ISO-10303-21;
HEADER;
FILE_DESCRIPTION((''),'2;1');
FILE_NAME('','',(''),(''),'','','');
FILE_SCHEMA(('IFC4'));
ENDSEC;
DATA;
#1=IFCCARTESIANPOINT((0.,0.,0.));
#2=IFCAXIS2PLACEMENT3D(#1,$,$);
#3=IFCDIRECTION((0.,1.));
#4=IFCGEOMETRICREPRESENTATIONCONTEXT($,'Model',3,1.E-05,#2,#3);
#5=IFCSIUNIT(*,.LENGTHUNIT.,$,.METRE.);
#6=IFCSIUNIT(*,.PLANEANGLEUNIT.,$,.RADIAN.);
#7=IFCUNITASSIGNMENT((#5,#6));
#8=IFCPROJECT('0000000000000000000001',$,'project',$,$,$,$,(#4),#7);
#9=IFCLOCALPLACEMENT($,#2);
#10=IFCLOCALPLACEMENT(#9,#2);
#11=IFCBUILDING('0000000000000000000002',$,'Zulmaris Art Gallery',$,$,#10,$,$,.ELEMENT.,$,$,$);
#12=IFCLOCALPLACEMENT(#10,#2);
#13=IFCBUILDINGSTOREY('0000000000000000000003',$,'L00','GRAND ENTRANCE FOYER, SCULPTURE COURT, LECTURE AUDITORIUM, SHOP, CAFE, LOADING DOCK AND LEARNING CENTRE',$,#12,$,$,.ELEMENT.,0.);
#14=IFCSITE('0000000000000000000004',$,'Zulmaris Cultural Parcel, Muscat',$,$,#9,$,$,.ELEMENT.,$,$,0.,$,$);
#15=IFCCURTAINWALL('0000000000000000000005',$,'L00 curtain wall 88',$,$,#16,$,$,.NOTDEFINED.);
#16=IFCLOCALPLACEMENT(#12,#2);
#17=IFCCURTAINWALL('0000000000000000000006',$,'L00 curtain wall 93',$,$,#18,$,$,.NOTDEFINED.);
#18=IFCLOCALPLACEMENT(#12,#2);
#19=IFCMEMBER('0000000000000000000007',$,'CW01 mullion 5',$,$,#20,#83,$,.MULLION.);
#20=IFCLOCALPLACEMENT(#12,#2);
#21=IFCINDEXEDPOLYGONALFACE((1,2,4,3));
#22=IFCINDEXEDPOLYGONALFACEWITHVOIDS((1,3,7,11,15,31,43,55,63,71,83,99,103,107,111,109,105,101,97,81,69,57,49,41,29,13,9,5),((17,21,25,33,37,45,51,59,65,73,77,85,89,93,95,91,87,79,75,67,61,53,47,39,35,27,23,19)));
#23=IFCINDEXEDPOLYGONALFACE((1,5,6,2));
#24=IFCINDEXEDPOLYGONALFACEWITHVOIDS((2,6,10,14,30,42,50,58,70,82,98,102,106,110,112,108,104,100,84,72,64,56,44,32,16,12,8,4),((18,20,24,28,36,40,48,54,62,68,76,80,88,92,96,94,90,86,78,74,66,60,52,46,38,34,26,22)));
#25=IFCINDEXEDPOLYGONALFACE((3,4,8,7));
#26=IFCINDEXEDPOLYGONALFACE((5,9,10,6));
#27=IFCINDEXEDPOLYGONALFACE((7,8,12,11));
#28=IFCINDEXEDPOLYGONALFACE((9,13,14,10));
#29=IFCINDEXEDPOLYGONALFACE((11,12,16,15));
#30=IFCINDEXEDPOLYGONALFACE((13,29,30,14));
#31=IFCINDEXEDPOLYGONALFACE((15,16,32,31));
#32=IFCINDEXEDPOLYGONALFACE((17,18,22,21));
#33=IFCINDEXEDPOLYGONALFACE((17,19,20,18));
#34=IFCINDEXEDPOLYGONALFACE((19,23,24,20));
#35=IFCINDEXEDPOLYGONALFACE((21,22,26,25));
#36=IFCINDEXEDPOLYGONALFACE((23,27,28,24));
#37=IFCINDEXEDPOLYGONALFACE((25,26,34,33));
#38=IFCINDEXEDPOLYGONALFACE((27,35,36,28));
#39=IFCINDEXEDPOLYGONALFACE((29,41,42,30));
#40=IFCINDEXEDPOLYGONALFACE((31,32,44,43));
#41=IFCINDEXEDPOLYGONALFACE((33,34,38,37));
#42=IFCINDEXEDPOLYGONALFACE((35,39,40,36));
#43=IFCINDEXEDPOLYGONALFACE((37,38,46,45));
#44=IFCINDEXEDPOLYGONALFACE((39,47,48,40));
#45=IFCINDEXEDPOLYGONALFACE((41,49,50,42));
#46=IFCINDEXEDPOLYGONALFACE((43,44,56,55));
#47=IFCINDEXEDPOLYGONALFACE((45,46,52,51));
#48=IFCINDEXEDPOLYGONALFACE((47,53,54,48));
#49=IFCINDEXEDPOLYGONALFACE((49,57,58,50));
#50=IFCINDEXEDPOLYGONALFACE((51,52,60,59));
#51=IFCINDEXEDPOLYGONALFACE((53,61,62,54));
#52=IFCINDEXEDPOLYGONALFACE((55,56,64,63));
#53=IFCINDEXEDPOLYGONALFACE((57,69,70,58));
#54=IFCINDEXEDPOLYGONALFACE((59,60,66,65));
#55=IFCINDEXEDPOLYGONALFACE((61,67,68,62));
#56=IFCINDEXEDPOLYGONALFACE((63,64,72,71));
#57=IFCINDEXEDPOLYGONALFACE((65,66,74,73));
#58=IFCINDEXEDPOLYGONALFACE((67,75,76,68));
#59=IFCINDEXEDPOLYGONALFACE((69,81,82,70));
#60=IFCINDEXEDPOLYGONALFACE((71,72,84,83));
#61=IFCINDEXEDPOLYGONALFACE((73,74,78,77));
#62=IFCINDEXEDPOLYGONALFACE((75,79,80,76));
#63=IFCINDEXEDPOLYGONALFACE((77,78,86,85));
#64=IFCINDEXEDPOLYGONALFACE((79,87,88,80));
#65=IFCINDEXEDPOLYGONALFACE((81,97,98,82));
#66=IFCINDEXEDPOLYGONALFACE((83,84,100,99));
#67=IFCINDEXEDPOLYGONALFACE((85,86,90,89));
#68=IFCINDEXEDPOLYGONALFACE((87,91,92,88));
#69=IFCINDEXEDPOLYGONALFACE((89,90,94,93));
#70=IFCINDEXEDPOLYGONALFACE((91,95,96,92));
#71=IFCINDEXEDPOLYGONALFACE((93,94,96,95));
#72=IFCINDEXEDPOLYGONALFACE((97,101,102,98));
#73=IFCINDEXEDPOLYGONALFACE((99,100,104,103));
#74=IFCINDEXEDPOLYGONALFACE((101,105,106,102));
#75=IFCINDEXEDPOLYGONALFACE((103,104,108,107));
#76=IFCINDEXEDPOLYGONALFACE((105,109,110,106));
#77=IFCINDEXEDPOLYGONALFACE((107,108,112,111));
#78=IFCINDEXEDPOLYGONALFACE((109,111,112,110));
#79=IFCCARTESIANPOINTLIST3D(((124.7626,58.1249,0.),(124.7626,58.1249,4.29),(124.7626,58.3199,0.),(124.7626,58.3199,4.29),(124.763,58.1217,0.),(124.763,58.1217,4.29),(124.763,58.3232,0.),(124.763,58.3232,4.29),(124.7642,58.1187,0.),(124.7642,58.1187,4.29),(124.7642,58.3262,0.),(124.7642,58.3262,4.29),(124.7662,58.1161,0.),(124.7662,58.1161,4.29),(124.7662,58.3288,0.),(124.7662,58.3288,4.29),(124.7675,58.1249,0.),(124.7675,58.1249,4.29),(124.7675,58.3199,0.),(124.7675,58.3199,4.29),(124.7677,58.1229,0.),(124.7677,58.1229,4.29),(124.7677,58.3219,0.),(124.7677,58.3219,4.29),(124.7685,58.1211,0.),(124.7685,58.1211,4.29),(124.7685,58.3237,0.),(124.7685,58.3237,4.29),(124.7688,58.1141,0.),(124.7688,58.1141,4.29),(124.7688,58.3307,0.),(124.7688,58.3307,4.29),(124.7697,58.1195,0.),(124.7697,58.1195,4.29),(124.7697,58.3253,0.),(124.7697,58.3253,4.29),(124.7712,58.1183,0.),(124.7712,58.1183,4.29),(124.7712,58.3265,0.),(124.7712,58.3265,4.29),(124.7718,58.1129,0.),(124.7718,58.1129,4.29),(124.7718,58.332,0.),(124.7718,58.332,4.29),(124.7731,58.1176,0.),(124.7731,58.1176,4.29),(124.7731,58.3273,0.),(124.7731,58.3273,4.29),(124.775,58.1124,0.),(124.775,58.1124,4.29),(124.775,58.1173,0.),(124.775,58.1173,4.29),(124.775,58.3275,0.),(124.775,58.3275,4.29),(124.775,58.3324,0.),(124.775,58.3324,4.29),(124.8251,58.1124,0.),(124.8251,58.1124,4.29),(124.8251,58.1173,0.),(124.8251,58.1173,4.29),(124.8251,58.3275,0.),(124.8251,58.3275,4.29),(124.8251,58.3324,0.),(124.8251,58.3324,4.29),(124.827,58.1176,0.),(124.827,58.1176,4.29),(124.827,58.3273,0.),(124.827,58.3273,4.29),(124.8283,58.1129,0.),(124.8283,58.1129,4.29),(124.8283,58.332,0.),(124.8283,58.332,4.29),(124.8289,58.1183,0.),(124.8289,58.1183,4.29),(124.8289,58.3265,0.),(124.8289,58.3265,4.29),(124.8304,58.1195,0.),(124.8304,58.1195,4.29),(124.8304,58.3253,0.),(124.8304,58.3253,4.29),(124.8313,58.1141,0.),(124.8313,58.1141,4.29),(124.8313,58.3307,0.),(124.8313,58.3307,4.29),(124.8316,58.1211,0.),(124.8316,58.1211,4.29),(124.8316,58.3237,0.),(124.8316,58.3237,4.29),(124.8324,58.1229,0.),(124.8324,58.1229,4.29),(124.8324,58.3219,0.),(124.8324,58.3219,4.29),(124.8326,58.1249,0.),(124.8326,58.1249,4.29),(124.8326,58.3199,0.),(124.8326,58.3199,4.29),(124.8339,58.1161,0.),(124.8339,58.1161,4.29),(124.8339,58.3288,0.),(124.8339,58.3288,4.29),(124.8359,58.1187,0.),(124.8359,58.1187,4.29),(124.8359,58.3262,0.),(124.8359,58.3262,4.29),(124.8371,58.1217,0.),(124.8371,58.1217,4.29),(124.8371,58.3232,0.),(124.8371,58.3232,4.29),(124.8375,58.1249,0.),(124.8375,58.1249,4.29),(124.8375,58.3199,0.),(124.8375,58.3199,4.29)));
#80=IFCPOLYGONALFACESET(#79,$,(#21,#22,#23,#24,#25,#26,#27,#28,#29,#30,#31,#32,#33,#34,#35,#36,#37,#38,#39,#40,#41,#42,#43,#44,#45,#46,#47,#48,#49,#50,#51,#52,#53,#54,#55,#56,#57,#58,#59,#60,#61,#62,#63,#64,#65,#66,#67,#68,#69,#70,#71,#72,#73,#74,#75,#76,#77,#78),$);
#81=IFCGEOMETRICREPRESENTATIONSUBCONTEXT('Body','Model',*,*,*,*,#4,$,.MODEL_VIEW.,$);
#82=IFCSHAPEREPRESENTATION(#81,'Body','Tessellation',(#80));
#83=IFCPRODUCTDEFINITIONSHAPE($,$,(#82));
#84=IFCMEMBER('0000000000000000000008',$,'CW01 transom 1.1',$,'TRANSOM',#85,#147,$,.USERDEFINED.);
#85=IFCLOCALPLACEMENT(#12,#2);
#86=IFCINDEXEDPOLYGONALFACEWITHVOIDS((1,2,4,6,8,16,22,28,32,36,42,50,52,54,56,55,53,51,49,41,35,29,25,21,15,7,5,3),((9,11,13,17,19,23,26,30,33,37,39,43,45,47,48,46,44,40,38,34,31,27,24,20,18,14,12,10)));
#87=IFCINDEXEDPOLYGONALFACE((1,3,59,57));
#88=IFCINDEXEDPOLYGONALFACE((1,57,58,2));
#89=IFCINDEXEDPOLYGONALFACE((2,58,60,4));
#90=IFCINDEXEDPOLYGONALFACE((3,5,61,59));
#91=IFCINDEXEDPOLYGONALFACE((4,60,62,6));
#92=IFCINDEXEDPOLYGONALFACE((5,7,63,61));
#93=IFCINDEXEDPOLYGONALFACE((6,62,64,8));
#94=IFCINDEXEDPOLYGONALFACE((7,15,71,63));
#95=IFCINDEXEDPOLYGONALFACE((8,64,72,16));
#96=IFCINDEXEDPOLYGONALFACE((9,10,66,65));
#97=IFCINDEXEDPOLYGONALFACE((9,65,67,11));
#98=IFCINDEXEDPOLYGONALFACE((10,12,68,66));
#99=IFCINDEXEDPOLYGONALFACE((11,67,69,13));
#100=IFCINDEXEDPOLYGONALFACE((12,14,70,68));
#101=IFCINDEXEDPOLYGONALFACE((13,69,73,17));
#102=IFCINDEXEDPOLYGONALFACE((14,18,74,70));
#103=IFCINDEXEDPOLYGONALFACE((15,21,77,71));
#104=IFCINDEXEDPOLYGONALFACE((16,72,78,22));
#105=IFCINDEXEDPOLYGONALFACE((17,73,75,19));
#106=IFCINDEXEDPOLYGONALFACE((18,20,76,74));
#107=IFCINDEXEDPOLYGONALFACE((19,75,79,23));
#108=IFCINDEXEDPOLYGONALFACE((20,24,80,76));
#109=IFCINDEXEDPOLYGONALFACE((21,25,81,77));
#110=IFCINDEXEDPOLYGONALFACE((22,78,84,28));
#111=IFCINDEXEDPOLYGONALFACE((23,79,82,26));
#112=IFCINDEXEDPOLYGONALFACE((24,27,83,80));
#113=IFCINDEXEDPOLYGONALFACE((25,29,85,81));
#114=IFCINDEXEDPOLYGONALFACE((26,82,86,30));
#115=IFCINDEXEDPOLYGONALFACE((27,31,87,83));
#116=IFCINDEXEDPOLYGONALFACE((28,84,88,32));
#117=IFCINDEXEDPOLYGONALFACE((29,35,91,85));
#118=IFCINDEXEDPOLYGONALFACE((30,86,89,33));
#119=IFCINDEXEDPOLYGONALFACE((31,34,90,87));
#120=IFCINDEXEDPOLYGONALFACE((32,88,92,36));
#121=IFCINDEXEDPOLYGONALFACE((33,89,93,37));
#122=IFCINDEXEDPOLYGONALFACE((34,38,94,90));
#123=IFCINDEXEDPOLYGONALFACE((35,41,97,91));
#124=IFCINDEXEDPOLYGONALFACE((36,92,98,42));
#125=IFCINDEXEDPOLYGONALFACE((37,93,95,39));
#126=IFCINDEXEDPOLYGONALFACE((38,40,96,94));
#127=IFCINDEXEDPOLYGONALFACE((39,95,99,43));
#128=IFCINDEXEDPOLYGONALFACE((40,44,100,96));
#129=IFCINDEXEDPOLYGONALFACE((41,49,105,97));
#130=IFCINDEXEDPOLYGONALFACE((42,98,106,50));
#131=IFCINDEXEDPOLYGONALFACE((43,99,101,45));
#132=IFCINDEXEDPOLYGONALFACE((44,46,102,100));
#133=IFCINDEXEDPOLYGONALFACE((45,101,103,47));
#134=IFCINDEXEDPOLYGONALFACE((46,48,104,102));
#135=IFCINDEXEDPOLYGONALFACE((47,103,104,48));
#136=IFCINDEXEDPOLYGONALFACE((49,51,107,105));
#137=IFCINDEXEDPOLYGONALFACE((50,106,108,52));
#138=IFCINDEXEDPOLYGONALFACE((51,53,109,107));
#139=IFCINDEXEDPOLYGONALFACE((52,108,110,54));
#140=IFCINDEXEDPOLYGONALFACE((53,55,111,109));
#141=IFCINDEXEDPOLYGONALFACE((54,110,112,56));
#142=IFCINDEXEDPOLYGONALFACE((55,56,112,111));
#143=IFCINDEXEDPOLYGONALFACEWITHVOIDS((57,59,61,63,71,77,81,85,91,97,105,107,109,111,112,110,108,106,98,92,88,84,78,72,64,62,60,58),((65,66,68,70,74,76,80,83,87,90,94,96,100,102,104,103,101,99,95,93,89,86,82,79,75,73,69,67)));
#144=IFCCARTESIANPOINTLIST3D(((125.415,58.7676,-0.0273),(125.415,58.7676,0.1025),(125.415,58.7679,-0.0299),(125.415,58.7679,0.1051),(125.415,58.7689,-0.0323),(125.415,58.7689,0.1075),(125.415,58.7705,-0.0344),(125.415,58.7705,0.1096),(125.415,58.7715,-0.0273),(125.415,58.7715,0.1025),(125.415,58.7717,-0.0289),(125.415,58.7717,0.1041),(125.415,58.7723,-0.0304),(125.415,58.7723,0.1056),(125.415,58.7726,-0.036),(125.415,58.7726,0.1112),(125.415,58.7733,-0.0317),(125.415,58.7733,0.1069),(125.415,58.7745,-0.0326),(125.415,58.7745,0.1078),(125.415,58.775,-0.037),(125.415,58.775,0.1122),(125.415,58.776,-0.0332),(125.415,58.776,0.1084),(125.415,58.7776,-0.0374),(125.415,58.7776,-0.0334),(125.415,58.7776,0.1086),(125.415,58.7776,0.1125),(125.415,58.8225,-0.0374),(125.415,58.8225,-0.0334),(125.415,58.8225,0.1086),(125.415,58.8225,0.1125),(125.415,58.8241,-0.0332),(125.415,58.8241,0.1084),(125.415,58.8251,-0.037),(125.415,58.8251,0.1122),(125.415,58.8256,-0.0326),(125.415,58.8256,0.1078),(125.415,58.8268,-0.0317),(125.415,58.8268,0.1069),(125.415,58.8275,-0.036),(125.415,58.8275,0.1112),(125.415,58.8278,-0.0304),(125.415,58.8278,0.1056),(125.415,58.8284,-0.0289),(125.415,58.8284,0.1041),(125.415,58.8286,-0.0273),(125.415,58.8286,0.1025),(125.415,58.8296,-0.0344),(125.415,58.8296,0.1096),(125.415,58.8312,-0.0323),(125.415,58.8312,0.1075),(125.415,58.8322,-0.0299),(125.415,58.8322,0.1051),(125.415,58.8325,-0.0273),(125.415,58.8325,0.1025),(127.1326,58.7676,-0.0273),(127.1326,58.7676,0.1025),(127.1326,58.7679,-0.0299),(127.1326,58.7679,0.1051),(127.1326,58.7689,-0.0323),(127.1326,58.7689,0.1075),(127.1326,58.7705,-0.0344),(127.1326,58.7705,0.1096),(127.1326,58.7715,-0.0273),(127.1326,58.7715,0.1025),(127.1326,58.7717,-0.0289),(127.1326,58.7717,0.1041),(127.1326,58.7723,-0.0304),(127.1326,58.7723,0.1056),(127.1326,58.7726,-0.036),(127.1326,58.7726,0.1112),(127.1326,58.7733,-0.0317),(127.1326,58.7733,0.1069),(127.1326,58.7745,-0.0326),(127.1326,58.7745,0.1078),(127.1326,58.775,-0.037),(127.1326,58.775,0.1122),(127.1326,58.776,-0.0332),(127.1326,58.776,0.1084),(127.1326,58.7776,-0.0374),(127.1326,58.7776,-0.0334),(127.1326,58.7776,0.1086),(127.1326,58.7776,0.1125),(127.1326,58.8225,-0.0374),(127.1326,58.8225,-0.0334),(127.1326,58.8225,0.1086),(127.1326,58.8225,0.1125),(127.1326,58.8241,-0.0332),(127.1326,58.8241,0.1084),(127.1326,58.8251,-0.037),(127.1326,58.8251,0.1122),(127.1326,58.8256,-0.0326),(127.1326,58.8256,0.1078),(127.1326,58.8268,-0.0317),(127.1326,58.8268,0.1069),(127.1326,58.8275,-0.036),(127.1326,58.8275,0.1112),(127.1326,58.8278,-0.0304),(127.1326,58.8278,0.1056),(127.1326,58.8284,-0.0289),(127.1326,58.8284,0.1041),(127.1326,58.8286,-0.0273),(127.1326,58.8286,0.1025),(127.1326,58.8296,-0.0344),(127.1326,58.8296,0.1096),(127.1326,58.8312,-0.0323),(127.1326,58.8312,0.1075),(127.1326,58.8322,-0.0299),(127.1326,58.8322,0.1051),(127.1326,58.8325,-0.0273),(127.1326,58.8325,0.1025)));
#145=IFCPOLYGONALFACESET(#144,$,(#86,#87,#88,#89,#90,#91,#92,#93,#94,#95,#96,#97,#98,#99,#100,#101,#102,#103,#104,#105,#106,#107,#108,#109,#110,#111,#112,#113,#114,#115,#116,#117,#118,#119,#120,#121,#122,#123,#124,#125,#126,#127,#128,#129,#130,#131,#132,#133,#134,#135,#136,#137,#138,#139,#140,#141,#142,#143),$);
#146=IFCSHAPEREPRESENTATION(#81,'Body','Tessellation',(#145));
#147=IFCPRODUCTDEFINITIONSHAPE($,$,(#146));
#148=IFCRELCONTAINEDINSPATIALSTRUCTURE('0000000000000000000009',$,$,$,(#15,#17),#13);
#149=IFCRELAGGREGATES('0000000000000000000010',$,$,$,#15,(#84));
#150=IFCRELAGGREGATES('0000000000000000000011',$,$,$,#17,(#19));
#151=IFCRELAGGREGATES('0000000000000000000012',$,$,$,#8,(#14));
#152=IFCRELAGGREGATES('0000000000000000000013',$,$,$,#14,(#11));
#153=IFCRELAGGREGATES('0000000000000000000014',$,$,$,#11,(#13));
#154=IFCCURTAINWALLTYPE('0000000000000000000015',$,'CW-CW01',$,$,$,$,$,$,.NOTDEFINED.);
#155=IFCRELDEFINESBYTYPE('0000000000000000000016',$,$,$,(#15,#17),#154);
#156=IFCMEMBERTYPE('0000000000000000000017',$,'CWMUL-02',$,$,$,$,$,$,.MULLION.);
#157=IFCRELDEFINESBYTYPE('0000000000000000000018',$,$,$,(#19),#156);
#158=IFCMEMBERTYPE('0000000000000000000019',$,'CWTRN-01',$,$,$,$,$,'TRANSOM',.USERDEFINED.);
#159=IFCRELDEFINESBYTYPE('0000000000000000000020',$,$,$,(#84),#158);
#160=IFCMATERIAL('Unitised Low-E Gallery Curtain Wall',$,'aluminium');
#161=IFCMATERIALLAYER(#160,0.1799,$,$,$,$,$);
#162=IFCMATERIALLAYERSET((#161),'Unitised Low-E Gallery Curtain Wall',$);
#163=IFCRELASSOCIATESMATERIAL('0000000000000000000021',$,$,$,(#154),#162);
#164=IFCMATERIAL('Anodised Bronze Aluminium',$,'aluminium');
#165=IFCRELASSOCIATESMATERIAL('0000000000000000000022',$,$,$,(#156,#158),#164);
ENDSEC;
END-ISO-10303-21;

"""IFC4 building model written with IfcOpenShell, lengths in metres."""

from ifc_helpers import new_model, si_unit, direction, frame, origin, origin_2d, place, context, subcontext, project, spatial, hollow_rectangle, extrude, material, layer, layer_set, material_profile, profile_set, type_object, element, aggregate, save


model = new_model("IFC4")

# Units and contexts
model_context = context("Model", 3, precision=1e-05, world=origin(), true_north=direction((0.0, 1.0)))
body_context = subcontext(model_context, "Body", "Model", "MODEL_VIEW")
ifc_project = project(units=[si_unit("LENGTHUNIT", "METRE"), si_unit("PLANEANGLEUNIT", "RADIAN")], contexts=[model_context])

# Site, building, storey
site_placement = place(None, origin())
site = spatial("IfcSite", under=ifc_project, at=site_placement, Name="Zulmaris Cultural Parcel, Muscat", CompositionType="ELEMENT", RefElevation=0.0)
building_placement = place(site_placement, origin())
building = spatial("IfcBuilding", under=site, at=building_placement, Name="Zulmaris Art Gallery", CompositionType="ELEMENT")
storey_placement = place(building_placement, origin())
storey = spatial("IfcBuildingStorey", under=building, at=storey_placement, Name="L00", Description="GRAND ENTRANCE FOYER, SCULPTURE COURT, LECTURE AUDITORIUM, SHOP, CAFE, LOADING DOCK AND LEARNING CENTRE", CompositionType="ELEMENT", Elevation=0.0)

# Curtain walls, member
ifc_material_1 = material(Name="Unitised Low-E Gallery Curtain Wall", Category="aluminium")
ifc_layer_1 = layer(ifc_material_1, 0.1799)
ifc_layer_set_1 = layer_set([ifc_layer_1], Name="Unitised Low-E Gallery Curtain Wall")
curtain_wall_type = type_object("IfcCurtainWallType", Name="CW-CW01", PredefinedType="NOTDEFINED", material=ifc_layer_set_1)
curtain_wall_1_placement = place(storey_placement, origin())
curtain_wall_1 = element("IfcCurtainWall", 1, at=curtain_wall_1_placement, inside=storey, type_object=curtain_wall_type, Name="L00 curtain wall 88", PredefinedType="NOTDEFINED")
ifc_material_2 = material(Name="Anodised Bronze Aluminium", Category="aluminium")
ifc_material_profile_1 = material_profile(ifc_material_2, hollow_rectangle(XDim=0.075, YDim=0.22, WallThickness=0.0049, InnerFilletRadius=0.0076, OuterFilletRadius=0.0125, at=origin_2d()), Name="ALU 75x220x5")
ifc_profile_set_1 = profile_set([ifc_material_profile_1], Name="Anodised Bronze Aluminium")
member_type_1 = type_object("IfcMemberType", Name="CWMUL-02", PredefinedType="MULLION", material=ifc_profile_set_1)
curtain_wall_2_placement = place(storey_placement, origin())
curtain_wall_2 = element("IfcCurtainWall", 2, at=curtain_wall_2_placement, inside=storey, type_object=curtain_wall_type, Name="L00 curtain wall 93", PredefinedType="NOTDEFINED")
member_1_placement = place(storey_placement, frame((124.8, 58.2224, 0.0), z_axis=(0.0, 0.0, 1.0), x_axis=(-1.0, 0.0, 0.0)))
member_1 = element("IfcMember", 3, at=member_1_placement, type_object=member_type_1, Name="CW01 mullion 5", PredefinedType="MULLION", context=body_context, shape_type="SweptSolid", body=[
    extrude(hollow_rectangle(XDim=0.075, YDim=0.22, WallThickness=0.0049, InnerFilletRadius=0.0076, OuterFilletRadius=0.0125, at=origin_2d()), origin(), (0.0, 0.0, 1.0), 4.29),
])

# Member
ifc_material_profile_2 = material_profile(ifc_material_2, hollow_rectangle(XDim=0.0649, YDim=0.1499, WallThickness=0.0039, InnerFilletRadius=0.0061, OuterFilletRadius=0.01, at=origin_2d()), Name="ALU 65x150x4")
ifc_profile_set_2 = profile_set([ifc_material_profile_2], Name="Anodised Bronze Aluminium")
member_type_2 = type_object("IfcMemberType", Name="CWTRN-01", ElementType="TRANSOM", PredefinedType="USERDEFINED", material=ifc_profile_set_2)
member_2_placement = place(storey_placement, frame((125.415, 58.8, 0.0376), z_axis=(1.0, 0.0, 0.0), x_axis=(0.0, 1.0, 0.0)))
member_2 = element("IfcMember", 4, at=member_2_placement, type_object=member_type_2, Name="CW01 transom 1.1", ObjectType="TRANSOM", PredefinedType="USERDEFINED", context=body_context, shape_type="SweptSolid", body=[
    extrude(hollow_rectangle(XDim=0.0649, YDim=0.1499, WallThickness=0.0039, InnerFilletRadius=0.0061, OuterFilletRadius=0.01, at=origin_2d()), origin(), (0.0, 0.0, 1.0), 1.7175),
])

aggregate(curtain_wall_1, [member_2])
aggregate(curtain_wall_2, [member_1])

save(model, "model.ifc")
